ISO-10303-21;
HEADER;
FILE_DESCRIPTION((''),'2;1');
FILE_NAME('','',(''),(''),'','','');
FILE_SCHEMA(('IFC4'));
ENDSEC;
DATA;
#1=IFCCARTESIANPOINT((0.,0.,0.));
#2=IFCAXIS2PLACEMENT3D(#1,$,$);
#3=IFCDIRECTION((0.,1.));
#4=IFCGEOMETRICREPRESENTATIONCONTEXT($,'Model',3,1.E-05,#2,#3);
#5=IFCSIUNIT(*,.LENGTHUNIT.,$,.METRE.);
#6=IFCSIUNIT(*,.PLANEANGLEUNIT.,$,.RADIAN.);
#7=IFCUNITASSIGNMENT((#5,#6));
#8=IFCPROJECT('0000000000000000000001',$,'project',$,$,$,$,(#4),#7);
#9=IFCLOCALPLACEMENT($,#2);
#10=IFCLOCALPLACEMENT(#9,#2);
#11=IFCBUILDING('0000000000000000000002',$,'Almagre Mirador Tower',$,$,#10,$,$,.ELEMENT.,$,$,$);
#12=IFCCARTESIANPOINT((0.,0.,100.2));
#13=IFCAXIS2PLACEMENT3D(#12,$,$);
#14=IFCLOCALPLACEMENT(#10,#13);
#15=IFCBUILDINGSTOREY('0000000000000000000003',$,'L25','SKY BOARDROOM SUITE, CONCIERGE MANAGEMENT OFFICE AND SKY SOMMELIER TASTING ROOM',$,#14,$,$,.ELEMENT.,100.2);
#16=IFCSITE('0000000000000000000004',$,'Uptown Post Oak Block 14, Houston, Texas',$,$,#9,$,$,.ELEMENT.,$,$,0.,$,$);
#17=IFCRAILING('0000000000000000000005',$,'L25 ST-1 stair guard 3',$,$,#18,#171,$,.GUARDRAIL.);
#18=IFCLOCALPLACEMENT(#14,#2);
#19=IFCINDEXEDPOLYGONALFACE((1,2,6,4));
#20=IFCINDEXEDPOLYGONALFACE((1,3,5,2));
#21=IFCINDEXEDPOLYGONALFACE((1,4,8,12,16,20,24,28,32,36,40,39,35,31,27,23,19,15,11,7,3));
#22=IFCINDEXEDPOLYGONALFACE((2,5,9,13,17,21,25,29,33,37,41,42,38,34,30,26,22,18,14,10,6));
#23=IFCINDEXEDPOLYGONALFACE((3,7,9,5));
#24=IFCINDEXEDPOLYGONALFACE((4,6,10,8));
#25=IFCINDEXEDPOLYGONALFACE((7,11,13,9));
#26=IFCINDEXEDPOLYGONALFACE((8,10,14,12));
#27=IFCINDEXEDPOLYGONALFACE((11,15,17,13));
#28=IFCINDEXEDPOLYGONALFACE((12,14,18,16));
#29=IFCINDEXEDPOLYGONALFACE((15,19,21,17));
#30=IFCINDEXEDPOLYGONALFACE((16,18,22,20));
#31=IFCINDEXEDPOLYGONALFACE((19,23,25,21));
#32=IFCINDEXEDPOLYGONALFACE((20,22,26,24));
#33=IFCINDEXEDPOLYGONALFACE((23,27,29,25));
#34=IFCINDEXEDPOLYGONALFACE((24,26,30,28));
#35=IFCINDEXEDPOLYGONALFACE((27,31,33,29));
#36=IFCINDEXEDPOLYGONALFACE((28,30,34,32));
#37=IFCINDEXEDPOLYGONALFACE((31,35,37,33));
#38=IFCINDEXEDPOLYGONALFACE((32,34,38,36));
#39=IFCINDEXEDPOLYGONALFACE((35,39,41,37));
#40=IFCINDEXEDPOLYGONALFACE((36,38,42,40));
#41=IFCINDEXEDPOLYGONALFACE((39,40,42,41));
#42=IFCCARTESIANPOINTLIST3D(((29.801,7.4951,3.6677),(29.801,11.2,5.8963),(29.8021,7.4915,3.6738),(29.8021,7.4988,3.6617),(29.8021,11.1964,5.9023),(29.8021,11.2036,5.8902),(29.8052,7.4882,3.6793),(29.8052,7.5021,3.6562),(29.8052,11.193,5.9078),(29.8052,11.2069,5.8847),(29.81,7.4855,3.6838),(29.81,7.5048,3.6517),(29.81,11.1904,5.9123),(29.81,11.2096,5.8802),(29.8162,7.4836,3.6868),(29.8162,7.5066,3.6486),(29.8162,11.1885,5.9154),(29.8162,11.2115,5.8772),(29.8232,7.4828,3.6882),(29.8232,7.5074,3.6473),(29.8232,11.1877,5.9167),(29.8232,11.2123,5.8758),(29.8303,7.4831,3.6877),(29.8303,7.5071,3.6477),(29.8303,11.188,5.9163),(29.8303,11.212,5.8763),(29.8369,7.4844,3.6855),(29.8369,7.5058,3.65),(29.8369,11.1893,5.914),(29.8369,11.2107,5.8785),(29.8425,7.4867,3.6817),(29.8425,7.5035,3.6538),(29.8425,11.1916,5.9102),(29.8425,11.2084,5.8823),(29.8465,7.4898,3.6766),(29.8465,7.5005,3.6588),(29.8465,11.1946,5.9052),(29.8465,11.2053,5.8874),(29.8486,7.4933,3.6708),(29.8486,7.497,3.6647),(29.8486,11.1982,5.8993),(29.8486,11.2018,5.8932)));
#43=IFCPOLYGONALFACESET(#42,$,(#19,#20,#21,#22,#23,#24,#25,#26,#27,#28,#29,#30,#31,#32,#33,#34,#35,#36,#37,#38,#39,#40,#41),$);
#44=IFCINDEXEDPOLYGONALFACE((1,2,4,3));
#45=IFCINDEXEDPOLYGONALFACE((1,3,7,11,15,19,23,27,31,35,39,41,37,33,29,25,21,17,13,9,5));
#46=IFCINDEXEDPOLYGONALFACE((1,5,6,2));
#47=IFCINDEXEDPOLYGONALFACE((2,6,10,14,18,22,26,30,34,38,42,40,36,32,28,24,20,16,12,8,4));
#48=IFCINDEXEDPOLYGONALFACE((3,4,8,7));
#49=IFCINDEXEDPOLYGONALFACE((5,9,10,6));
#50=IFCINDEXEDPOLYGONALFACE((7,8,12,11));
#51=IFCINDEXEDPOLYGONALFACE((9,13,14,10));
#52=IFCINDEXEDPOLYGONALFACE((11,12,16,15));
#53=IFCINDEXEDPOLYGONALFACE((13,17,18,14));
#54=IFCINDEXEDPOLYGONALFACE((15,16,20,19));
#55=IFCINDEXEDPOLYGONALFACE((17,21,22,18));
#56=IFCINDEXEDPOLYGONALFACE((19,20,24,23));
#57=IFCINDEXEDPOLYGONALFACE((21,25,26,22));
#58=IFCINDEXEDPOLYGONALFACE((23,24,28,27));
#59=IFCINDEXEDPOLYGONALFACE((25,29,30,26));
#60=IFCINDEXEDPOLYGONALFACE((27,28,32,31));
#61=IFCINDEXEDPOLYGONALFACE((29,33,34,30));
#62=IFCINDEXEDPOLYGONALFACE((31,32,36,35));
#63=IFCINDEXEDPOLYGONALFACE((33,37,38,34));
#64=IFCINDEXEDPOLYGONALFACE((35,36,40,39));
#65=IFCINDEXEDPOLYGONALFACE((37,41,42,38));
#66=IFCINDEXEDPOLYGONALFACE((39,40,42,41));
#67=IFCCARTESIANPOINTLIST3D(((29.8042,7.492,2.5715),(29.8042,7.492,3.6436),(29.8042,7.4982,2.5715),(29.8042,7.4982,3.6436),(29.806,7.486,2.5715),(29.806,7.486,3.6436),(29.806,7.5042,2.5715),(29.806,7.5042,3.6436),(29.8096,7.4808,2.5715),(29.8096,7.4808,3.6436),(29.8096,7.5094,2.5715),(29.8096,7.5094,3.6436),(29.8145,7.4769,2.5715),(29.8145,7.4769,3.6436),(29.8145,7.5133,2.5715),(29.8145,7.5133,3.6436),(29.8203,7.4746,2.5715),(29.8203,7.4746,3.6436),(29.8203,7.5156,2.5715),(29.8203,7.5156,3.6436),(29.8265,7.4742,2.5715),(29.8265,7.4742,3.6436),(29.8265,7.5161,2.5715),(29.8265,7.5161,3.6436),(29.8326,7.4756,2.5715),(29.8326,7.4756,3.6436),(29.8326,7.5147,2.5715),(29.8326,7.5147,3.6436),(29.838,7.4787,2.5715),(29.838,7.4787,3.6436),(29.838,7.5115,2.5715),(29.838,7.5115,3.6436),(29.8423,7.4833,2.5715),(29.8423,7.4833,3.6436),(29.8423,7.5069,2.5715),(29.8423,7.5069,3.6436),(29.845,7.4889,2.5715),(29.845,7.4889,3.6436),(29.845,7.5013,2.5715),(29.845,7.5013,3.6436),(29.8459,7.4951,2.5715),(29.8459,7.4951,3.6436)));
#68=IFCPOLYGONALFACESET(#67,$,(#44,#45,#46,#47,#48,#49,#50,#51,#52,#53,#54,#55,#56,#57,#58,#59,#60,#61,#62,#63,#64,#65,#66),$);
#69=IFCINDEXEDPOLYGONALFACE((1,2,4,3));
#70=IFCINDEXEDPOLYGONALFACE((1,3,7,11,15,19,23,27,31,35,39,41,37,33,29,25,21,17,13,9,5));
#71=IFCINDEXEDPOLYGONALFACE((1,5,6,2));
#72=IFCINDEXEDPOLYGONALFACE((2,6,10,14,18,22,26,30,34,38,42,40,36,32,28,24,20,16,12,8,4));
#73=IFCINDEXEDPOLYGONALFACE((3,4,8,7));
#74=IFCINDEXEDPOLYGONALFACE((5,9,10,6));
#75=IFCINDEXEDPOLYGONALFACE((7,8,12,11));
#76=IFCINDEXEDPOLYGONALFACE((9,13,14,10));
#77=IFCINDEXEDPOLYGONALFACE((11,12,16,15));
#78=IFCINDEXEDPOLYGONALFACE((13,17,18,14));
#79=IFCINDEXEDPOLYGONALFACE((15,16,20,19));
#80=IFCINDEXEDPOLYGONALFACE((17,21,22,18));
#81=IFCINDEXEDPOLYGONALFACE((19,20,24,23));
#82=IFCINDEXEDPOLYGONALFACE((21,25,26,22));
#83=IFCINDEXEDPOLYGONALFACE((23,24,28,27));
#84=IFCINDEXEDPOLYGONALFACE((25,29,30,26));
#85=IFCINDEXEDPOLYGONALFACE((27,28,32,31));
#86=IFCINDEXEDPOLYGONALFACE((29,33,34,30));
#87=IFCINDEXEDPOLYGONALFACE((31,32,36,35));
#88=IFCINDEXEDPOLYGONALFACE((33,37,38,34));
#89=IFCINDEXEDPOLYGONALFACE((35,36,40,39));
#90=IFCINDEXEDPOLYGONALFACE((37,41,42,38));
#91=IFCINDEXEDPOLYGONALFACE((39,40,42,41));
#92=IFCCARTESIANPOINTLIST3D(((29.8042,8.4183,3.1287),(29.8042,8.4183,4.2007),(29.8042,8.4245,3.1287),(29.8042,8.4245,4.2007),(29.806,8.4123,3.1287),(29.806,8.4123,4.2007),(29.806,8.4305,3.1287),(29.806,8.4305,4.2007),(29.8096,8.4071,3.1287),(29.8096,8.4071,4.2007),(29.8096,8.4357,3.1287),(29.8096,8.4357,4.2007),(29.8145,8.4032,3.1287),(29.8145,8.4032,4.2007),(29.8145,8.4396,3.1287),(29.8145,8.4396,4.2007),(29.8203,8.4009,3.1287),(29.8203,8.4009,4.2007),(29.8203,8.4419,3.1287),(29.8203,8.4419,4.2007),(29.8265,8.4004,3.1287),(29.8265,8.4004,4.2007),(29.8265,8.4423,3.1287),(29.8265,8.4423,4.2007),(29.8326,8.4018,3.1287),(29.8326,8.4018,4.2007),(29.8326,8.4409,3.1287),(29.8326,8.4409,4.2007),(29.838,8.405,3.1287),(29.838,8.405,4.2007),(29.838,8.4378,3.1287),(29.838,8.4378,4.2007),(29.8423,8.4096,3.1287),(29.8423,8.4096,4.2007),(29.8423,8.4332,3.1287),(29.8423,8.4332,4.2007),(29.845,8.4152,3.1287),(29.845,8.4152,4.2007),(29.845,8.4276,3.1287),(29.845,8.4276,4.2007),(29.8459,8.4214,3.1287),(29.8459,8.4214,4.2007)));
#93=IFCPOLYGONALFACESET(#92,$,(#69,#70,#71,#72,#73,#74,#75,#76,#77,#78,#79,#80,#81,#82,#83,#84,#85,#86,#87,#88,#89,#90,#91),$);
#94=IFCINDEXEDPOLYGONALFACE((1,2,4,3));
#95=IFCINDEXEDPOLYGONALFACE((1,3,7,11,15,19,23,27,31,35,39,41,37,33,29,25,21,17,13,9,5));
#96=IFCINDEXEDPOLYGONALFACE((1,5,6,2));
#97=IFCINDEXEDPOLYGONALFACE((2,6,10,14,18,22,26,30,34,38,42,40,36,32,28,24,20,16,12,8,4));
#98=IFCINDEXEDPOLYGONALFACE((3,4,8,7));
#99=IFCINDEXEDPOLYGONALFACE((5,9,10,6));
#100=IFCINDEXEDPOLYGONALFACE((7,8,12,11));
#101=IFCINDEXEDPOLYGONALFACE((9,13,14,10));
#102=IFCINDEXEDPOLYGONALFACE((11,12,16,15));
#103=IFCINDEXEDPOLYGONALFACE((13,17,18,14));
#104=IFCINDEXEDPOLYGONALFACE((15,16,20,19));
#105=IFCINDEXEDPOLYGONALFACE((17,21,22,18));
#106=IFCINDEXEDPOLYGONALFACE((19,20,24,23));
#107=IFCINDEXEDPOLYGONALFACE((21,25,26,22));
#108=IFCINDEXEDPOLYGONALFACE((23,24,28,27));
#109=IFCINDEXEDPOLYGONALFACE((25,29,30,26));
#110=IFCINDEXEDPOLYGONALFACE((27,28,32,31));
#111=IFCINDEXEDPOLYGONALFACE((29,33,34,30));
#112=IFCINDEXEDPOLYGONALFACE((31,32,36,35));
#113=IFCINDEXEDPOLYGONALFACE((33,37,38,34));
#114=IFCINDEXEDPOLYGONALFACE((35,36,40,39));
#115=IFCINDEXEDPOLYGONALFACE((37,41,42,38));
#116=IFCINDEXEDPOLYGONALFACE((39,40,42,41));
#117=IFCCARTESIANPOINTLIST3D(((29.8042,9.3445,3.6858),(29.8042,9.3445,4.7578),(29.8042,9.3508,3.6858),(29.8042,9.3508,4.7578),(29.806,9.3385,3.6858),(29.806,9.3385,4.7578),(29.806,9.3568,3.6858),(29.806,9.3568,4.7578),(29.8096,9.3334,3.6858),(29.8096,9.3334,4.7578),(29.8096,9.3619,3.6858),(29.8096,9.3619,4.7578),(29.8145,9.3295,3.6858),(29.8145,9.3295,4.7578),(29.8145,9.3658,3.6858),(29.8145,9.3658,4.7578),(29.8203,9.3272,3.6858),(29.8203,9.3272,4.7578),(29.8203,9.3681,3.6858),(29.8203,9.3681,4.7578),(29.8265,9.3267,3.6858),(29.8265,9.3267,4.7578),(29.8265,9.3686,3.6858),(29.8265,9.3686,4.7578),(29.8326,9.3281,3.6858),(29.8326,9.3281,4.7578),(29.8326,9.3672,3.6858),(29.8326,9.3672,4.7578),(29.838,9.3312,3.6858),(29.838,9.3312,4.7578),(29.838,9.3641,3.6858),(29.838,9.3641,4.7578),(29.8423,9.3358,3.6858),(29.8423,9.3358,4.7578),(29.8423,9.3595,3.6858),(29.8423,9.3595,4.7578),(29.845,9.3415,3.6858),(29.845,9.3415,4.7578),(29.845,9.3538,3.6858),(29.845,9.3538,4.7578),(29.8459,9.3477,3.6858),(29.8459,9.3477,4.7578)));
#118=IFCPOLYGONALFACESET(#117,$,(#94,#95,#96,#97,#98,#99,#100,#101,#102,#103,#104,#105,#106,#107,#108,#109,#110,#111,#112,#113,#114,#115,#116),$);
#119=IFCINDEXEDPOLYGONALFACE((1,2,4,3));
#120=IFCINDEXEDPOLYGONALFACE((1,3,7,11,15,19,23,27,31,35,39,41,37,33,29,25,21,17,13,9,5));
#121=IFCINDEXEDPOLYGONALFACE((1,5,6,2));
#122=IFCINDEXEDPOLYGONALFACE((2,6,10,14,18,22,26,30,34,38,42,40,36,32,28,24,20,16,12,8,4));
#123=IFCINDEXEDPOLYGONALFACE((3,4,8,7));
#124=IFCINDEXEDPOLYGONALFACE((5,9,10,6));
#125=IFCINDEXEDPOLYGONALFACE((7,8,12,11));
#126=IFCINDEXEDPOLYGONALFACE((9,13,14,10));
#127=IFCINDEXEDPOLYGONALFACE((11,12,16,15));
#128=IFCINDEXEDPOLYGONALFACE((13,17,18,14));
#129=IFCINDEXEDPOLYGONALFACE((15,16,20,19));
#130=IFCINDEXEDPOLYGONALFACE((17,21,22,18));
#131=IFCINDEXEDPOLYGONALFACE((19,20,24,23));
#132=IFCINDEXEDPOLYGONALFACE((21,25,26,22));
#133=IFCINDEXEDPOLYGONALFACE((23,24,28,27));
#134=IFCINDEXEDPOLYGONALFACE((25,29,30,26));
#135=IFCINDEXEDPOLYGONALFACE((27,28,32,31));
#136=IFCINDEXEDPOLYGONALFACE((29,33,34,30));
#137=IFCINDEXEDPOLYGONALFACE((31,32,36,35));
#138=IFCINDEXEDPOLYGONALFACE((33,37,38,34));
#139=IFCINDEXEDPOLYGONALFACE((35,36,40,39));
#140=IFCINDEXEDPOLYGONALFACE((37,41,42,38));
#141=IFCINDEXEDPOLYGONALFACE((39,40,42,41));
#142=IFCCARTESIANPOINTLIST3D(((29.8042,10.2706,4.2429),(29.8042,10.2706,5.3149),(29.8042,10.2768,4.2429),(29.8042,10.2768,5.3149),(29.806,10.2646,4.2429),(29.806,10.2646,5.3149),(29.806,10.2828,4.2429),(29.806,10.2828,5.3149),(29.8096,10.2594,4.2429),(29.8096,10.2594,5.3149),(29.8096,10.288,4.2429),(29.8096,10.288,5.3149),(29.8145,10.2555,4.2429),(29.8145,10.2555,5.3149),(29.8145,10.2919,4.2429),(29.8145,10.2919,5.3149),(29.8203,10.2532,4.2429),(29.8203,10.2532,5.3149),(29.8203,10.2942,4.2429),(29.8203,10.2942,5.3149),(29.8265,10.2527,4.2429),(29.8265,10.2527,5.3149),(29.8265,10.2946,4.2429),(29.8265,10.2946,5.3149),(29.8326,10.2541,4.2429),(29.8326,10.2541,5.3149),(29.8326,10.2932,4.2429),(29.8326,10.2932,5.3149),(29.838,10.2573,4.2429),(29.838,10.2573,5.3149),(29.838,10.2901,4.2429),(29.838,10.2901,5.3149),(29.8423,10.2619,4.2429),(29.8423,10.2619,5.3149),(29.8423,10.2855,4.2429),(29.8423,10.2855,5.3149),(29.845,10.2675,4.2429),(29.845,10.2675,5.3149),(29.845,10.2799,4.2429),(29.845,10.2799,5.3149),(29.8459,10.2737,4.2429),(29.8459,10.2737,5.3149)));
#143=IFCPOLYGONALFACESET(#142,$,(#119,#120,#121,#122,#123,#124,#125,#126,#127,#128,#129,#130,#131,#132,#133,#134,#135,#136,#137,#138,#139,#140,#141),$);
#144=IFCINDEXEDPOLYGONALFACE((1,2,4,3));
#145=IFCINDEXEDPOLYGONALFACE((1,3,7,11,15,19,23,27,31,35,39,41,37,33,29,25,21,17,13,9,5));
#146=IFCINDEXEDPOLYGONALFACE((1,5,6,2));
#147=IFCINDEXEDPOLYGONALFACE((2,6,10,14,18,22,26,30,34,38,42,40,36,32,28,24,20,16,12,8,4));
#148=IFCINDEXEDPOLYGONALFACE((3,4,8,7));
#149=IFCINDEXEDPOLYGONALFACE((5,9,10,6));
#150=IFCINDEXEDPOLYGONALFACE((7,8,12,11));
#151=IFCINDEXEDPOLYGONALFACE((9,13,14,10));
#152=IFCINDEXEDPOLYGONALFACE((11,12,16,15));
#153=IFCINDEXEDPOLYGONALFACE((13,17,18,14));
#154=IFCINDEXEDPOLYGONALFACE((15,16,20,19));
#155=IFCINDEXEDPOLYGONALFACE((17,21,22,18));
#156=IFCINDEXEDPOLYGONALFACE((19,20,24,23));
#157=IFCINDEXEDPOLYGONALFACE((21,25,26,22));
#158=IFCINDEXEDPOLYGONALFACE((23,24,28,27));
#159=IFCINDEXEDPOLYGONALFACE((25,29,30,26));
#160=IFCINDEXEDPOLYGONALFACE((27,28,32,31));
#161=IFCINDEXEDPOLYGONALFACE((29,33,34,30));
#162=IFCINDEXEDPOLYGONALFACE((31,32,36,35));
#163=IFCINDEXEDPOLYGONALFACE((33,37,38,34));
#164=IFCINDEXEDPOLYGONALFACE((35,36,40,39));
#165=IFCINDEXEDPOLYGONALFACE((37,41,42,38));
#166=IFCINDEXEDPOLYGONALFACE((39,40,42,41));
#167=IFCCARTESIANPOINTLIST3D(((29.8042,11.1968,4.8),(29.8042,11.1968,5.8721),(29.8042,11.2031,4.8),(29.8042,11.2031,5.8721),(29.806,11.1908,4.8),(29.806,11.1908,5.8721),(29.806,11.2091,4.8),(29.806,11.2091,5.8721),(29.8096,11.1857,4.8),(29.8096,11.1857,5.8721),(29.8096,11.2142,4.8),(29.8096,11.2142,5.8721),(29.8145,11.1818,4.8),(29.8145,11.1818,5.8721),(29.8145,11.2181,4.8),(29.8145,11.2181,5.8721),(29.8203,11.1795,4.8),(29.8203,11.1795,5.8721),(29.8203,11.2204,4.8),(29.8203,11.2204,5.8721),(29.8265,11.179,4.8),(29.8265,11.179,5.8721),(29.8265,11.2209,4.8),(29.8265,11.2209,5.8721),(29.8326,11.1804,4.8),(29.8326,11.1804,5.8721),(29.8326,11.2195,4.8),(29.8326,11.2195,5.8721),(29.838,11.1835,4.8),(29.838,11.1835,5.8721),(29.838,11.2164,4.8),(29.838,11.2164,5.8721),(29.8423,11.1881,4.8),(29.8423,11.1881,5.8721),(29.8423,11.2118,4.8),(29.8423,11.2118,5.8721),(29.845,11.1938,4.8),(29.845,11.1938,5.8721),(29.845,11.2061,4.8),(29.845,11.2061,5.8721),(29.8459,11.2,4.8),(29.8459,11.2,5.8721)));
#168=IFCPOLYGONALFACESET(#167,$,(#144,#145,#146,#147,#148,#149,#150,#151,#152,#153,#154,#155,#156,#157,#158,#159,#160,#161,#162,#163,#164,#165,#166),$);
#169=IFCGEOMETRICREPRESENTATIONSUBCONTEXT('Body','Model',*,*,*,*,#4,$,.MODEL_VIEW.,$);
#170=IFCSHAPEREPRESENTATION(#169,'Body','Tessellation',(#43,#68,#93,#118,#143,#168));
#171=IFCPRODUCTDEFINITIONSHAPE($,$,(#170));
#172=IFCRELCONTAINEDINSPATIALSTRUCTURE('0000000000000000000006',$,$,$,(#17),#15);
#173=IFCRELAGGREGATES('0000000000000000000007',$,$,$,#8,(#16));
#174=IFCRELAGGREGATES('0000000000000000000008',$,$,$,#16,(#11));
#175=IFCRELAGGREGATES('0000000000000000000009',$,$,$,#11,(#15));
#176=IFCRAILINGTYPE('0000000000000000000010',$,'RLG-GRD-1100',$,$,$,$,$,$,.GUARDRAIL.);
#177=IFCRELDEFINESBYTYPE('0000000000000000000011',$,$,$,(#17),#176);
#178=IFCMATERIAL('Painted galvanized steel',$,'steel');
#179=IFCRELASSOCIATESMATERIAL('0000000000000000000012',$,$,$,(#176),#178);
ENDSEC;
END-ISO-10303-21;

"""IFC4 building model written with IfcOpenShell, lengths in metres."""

from ifc_helpers import new_model, si_unit, direction, frame, origin, origin_2d, place, context, subcontext, project, spatial, circle, extrude, material, type_object, element, save


model = new_model("IFC4")

# Units and contexts
model_context = context("Model", 3, precision=1e-05, world=origin(), true_north=direction((0.0, 1.0)))
body_context = subcontext(model_context, "Body", "Model", "MODEL_VIEW")
ifc_project = project(units=[si_unit("LENGTHUNIT", "METRE"), si_unit("PLANEANGLEUNIT", "RADIAN")], contexts=[model_context])

# Site, building, storey
site_placement = place(None, origin())
site = spatial("IfcSite", under=ifc_project, at=site_placement, Name="Uptown Post Oak Block 14, Houston, Texas", CompositionType="ELEMENT", RefElevation=0.0)
building_placement = place(site_placement, origin())
building = spatial("IfcBuilding", under=site, at=building_placement, Name="Almagre Mirador Tower", CompositionType="ELEMENT")
storey_placement = place(building_placement, frame((0.0, 0.0, 100.2)))
storey = spatial("IfcBuildingStorey", under=building, at=storey_placement, Name="L25", Description="SKY BOARDROOM SUITE, CONCIERGE MANAGEMENT OFFICE AND SKY SOMMELIER TASTING ROOM", CompositionType="ELEMENT", Elevation=100.2)

# Railing
ifc_material_1 = material(Name="Painted galvanized steel", Category="steel")
railing_type_1 = type_object("IfcRailingType", Name="RLG-GRD-1100", PredefinedType="GUARDRAIL", material=ifc_material_1)
railing_1_placement = place(storey_placement, frame((29.825, 7.4951, 2.5715)))
element("IfcRailing", 1, at=railing_1_placement, inside=storey, type_object=railing_type_1, Name="L25 ST-1 stair guard 3", PredefinedType="GUARDRAIL", context=body_context, shape_type="SweptSolid", body=[
    extrude(circle(Radius=0.0239, at=origin_2d()), frame((0.0, 0.0, 1.0962), z_axis=(0.0, 0.856919, 0.51545), x_axis=(-1.0, 0.0, 0.0)), (0.0, 0.0, 1.0), 4.3235),
    extrude(circle(Radius=0.021, at=origin_2d()), origin(), (0.0, 0.0, 1.0), 1.072),
    extrude(circle(Radius=0.021, at=origin_2d()), frame((0.0, 0.9263, 0.5571)), (0.0, 0.0, 1.0), 1.072),
    extrude(circle(Radius=0.021, at=origin_2d()), frame((0.0, 1.8525, 1.1143)), (0.0, 0.0, 1.0), 1.072),
    extrude(circle(Radius=0.021, at=origin_2d()), frame((0.0, 2.7786, 1.6714)), (0.0, 0.0, 1.0), 1.072),
    extrude(circle(Radius=0.021, at=origin_2d()), frame((0.0, 3.7048, 2.2285)), (0.0, 0.0, 1.0), 1.072),
])

save(model, "model.ifc")
